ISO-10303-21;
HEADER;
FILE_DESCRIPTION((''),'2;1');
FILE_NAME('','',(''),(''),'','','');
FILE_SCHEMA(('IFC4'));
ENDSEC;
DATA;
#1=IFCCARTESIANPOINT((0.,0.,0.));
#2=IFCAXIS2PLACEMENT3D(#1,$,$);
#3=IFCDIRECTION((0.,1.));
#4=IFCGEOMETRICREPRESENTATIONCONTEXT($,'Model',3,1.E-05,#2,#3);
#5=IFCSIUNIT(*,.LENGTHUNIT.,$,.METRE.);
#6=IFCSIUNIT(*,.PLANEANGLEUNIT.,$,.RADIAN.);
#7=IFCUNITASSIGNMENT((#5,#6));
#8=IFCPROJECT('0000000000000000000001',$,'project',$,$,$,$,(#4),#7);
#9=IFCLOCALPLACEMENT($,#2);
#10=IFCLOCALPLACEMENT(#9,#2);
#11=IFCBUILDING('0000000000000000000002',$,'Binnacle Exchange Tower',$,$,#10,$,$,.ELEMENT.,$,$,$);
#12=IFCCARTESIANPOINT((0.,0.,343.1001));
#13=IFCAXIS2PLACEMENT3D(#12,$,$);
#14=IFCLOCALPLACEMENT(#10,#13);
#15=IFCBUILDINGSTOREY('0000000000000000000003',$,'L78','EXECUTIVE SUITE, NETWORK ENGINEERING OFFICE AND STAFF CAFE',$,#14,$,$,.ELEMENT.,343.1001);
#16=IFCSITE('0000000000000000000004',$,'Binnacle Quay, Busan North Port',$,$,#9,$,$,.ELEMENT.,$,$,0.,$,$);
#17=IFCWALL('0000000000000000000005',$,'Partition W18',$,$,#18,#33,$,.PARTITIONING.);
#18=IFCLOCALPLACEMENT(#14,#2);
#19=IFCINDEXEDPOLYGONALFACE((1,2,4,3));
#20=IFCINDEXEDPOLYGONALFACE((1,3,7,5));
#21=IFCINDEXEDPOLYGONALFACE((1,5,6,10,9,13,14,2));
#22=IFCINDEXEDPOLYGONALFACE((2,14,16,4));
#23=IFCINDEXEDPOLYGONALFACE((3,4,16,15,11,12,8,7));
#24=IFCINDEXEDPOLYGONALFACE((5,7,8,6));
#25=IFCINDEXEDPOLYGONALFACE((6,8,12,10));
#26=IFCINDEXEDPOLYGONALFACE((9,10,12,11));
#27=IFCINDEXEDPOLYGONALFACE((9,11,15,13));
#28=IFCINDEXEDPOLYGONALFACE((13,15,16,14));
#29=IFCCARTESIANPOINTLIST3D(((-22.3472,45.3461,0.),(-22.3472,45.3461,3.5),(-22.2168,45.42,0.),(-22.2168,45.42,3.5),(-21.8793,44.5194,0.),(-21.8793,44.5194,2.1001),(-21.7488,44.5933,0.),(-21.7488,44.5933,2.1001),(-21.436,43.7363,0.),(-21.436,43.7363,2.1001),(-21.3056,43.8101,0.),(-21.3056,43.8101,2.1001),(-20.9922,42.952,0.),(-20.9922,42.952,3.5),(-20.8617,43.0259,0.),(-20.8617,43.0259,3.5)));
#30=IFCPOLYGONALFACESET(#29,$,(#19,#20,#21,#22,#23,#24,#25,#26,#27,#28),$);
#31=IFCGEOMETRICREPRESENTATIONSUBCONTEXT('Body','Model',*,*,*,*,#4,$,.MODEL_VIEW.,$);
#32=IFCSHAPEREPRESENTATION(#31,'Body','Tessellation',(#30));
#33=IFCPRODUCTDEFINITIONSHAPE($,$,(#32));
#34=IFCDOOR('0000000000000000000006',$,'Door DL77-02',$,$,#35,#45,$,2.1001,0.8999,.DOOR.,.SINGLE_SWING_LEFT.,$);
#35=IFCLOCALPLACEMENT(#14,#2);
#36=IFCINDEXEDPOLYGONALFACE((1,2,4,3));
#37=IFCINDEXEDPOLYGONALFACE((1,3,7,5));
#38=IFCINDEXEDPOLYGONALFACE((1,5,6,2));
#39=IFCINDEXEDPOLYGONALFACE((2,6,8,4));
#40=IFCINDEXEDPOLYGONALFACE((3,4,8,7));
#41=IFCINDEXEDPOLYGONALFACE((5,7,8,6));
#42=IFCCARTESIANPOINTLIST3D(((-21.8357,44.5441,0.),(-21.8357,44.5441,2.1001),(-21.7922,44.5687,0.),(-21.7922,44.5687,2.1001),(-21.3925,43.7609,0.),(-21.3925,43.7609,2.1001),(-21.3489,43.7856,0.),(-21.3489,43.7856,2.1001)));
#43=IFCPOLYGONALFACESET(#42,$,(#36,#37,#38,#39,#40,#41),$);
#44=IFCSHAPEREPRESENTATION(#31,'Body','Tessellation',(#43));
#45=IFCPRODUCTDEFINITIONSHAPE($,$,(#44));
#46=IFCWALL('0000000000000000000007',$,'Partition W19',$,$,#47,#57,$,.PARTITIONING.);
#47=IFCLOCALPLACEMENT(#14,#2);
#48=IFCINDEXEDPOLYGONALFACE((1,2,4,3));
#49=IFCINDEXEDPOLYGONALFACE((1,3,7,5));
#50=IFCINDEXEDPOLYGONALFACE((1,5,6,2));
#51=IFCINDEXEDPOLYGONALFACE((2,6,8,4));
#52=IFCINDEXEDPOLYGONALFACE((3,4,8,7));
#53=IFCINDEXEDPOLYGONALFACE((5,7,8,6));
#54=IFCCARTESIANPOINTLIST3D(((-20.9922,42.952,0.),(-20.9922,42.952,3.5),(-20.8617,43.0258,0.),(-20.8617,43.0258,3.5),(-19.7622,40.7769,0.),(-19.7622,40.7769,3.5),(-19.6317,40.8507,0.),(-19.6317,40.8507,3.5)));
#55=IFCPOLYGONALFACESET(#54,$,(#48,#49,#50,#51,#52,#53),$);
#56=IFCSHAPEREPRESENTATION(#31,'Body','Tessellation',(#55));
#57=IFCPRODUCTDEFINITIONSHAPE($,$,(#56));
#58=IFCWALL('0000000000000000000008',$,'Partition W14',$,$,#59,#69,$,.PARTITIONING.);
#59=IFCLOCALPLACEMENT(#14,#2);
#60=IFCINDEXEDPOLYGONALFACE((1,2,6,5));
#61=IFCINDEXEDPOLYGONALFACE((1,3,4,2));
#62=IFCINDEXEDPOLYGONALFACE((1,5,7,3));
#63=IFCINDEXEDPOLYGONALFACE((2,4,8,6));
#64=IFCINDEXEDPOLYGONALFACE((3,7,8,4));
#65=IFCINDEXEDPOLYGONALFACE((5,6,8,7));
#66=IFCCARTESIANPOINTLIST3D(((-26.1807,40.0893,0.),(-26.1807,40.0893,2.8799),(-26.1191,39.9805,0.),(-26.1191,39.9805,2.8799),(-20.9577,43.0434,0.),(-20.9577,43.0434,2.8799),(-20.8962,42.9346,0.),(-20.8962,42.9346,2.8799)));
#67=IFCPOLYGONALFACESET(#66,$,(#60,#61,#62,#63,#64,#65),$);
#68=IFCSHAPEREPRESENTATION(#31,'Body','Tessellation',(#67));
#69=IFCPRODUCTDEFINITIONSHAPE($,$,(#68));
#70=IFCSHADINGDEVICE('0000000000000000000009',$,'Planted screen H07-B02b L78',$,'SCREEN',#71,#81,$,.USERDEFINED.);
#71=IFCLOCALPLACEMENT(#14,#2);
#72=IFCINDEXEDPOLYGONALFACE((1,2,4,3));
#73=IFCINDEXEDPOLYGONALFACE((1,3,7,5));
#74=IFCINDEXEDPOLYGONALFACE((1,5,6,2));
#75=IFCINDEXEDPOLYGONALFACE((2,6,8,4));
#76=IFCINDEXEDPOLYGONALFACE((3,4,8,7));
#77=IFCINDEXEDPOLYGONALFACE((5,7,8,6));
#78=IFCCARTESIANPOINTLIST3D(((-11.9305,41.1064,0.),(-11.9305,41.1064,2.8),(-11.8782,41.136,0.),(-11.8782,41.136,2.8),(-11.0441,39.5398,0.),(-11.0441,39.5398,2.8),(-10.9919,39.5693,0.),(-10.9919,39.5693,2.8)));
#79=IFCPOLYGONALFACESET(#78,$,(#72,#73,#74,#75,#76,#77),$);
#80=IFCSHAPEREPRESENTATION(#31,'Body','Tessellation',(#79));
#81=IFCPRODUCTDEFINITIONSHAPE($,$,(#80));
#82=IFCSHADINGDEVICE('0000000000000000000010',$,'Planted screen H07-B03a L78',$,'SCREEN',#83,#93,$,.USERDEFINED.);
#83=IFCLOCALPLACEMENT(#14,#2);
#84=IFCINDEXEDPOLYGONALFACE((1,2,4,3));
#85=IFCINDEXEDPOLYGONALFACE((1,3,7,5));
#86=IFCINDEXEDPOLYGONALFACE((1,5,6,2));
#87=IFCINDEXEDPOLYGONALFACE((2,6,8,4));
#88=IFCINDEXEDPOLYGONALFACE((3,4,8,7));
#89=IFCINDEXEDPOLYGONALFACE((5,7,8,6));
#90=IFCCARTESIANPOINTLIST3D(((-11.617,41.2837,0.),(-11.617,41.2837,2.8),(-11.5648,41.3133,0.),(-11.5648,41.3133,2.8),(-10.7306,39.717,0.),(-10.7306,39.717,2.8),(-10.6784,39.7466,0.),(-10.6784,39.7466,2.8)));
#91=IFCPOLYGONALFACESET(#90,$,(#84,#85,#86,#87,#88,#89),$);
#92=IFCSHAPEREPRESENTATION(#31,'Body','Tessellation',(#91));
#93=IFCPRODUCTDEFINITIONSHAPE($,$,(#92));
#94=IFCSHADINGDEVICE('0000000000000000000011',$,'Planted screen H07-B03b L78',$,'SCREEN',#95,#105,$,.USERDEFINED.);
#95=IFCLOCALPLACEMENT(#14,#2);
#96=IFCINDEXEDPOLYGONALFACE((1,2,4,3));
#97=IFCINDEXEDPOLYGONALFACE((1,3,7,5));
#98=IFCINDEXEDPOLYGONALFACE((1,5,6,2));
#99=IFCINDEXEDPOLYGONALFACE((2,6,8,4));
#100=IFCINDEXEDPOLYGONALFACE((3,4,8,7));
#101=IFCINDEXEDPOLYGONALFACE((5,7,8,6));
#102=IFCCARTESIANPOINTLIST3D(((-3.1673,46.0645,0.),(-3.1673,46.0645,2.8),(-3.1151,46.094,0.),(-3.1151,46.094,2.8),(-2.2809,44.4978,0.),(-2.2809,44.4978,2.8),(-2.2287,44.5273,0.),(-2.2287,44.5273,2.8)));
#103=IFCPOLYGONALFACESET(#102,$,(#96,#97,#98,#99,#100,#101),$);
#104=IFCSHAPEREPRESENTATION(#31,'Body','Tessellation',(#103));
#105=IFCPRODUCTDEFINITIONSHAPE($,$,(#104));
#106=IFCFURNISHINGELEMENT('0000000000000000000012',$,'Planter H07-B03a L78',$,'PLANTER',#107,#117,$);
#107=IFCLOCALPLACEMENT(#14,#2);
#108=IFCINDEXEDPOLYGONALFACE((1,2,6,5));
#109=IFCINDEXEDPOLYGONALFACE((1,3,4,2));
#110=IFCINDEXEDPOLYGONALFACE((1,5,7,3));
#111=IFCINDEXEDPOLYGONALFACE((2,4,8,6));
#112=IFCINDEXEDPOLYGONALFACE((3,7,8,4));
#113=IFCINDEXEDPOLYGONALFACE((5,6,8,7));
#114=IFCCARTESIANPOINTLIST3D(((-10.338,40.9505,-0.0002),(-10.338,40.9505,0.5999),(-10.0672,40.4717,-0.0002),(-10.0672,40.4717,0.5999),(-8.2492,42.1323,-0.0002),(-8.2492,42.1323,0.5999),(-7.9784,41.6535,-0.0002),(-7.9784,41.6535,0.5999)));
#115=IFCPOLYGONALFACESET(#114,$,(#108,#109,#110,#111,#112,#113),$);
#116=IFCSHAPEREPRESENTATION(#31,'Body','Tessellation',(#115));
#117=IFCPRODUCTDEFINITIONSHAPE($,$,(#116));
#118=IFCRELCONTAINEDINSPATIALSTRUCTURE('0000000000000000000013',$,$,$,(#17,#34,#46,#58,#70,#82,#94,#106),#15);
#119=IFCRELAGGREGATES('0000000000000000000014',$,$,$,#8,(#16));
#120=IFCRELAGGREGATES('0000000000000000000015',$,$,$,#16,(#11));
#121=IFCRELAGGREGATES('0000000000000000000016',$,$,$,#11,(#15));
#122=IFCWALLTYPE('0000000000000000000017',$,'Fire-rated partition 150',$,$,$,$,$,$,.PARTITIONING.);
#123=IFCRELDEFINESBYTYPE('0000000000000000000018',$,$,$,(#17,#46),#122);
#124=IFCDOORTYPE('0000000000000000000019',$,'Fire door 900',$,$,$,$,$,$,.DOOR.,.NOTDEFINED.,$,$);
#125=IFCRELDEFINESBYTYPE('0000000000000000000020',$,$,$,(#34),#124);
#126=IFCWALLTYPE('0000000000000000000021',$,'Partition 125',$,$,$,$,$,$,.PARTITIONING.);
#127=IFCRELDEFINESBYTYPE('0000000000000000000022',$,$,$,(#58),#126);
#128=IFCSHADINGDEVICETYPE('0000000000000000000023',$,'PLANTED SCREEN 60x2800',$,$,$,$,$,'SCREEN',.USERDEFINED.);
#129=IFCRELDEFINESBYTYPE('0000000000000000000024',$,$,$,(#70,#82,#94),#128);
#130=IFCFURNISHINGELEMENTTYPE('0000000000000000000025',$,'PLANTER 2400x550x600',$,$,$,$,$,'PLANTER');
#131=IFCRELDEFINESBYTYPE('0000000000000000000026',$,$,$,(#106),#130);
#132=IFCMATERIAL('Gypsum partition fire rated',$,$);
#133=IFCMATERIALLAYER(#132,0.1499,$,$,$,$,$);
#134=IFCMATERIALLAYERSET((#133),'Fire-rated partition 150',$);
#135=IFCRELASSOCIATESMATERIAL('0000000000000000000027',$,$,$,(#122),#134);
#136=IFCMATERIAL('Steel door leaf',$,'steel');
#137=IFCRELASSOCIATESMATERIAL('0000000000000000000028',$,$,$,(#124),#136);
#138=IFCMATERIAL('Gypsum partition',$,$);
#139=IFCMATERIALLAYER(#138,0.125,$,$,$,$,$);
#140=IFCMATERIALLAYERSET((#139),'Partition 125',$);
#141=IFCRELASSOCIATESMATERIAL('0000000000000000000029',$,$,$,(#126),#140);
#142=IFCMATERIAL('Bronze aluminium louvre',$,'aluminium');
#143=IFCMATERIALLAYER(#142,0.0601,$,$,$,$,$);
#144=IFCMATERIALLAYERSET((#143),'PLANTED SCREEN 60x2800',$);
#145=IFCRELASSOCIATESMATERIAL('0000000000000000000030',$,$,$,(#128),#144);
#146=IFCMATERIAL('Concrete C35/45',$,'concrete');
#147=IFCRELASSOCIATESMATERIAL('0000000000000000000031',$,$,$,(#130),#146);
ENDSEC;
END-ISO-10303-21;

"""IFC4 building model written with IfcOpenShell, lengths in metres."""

from ifc_helpers import new_model, si_unit, direction, frame, frame_2d, origin, origin_2d, place, context, subcontext, project, spatial, rectangle, extrude, material, layer, layer_set, type_object, element, fill, save


model = new_model("IFC4")

# Units and contexts
model_context = context("Model", 3, precision=1e-05, world=origin(), true_north=direction((0.0, 1.0)))
body_context = subcontext(model_context, "Body", "Model", "MODEL_VIEW")
ifc_project = project(units=[si_unit("LENGTHUNIT", "METRE"), si_unit("PLANEANGLEUNIT", "RADIAN")], contexts=[model_context])

# Site, building, storey
site_placement = place(None, origin())
site = spatial("IfcSite", under=ifc_project, at=site_placement, Name="Binnacle Quay, Busan North Port", CompositionType="ELEMENT", RefElevation=0.0)
building_placement = place(site_placement, origin())
building = spatial("IfcBuilding", under=site, at=building_placement, Name="Binnacle Exchange Tower", CompositionType="ELEMENT")
storey_placement = place(building_placement, frame((0.0, 0.0, 343.1001)))
storey = spatial("IfcBuildingStorey", under=building, at=storey_placement, Name="L78", Description="EXECUTIVE SUITE, NETWORK ENGINEERING OFFICE AND STAFF CAFE", CompositionType="ELEMENT", Elevation=343.1001)

# Wall, opening, door
ifc_material_1 = material(Name="Steel door leaf", Category="steel")
ifc_material_2 = material(Name="Gypsum partition fire rated")
ifc_layer_1 = layer(ifc_material_2, 0.1499)
ifc_layer_set_1 = layer_set([ifc_layer_1], Name="Fire-rated partition 150")
wall_type_1 = type_object("IfcWallType", Name="Fire-rated partition 150", PredefinedType="PARTITIONING", material=ifc_layer_set_1)
door_type_1 = type_object("IfcDoorType", Name="Fire door 900", OperationType="NOTDEFINED", PredefinedType="DOOR", material=ifc_material_1)
wall_1_placement = place(storey_placement, frame((-22.282, 45.3831, 0.0), z_axis=(0.0, 0.0, 1.0), x_axis=(0.49256, -0.870278, 0.0)))
wall_1 = element("IfcWall", 1, at=wall_1_placement, inside=storey, type_object=wall_type_1, Name="Partition W18", PredefinedType="PARTITIONING", context=body_context, shape_type="SweptSolid", body=[
    extrude(rectangle(XDim=2.751, YDim=0.1499, at=frame_2d((1.3755, 0.0))), origin(), (0.0, 0.0, 1.0), 3.5),
])
opening_1_placement = place(wall_1_placement, frame((0.95, 0.0, 0.0)))
opening_1 = element("IfcOpeningElement", 2, at=opening_1_placement, cuts=wall_1, PredefinedType="OPENING", context=body_context, shape_type="SweptSolid", body=[
    extrude(rectangle(XDim=0.8999, YDim=2.1001, at=frame_2d((0.45, 1.05))), frame((0.0, 0.085, 0.0), z_axis=(0.0, -1.0, 0.0), x_axis=(1.0, 0.0, 0.0)), (0.0, 0.0, 1.0), 0.1699),
])
door_1_placement = place(opening_1_placement, frame((0.8999, 0.0, 0.0), z_axis=(0.0, 0.0, 1.0), x_axis=(-1.0, 0.0, 0.0)))
door_1 = element("IfcDoor", 3, at=door_1_placement, inside=storey, type_object=door_type_1, Name="Door DL77-02", OperationType="SINGLE_SWING_LEFT", OverallHeight=2.1001, OverallWidth=0.8999, PredefinedType="DOOR", context=body_context, shape_type="SweptSolid", body=[
    extrude(rectangle(XDim=0.8999, YDim=2.1001, at=frame_2d((0.45, 1.05))), frame((0.0, 0.0249, 0.0), z_axis=(0.0, -1.0, 0.0), x_axis=(1.0, 0.0, 0.0)), (0.0, 0.0, 1.0), 0.05),
])
fill(opening_1, door_1)

# Walls
wall_2_placement = place(storey_placement, frame((-20.927, 42.989, 0.0), z_axis=(0.0, 0.0, 1.0), x_axis=(0.492241, -0.870459, 0.0)))
element("IfcWall", 4, at=wall_2_placement, inside=storey, type_object=wall_type_1, Name="Partition W19", PredefinedType="PARTITIONING", context=body_context, shape_type="SweptSolid", body=[
    extrude(rectangle(XDim=2.4988, YDim=0.1499, at=frame_2d((1.2495, 0.0))), origin(), (0.0, 0.0, 1.0), 3.5),
])
ifc_material_3 = material(Name="Gypsum partition")
ifc_layer_2 = layer(ifc_material_3, 0.125)
ifc_layer_set_2 = layer_set([ifc_layer_2], Name="Partition 125")
wall_type_2 = type_object("IfcWallType", Name="Partition 125", PredefinedType="PARTITIONING", material=ifc_layer_set_2)
wall_3_placement = place(storey_placement, frame((-26.1499, 40.0349, 0.0), z_axis=(0.0, 0.0, 1.0), x_axis=(0.870418, 0.492313, 0.0)))
element("IfcWall", 5, at=wall_3_placement, inside=storey, type_object=wall_type_2, Name="Partition W14", PredefinedType="PARTITIONING", context=body_context, shape_type="SweptSolid", body=[
    extrude(rectangle(XDim=6.0005, YDim=0.125, at=frame_2d((3.0002, 0.0))), origin(), (0.0, 0.0, 1.0), 2.8799),
])

# Shading devices
ifc_material_4 = material(Name="Bronze aluminium louvre", Category="aluminium")
ifc_layer_3 = layer(ifc_material_4, 0.0601)
ifc_layer_set_3 = layer_set([ifc_layer_3], Name="PLANTED SCREEN 60x2800")
shading_device_type = type_object("IfcShadingDeviceType", Name="PLANTED SCREEN 60x2800", ElementType="SCREEN", PredefinedType="USERDEFINED", material=ifc_layer_set_3)
for number, where, z_axis, x_axis, name in (
    (6, (-11.4612, 40.3379, 0.0), (0.0, 0.0, 1.0), (0.870356, 0.492424, 0.0), "Planted screen H07-B02b L78"),
    (7, (-11.1477, 40.5151, 0.0), (0.0, 0.0, 1.0), (0.870356, 0.492424, 0.0), "Planted screen H07-B03a L78"),
    (8, (-2.698, 45.2959, 0.0), (0.0, 0.0, 1.0), (0.870356, 0.492424, 0.0), "Planted screen H07-B03b L78"),
):
    element("IfcShadingDevice", number, at=place(storey_placement, frame(where, z_axis=z_axis, x_axis=x_axis)), inside=storey, type_object=shading_device_type, Name=name, ObjectType="SCREEN", PredefinedType="USERDEFINED", context=body_context, shape_type="SweptSolid", body=[
        extrude(rectangle(XDim=0.0601, YDim=1.8, at=origin_2d()), origin(), (0.0, 0.0, 1.0), 2.8),
    ])

# Furnishing element
ifc_material_5 = material(Name="Concrete C35/45", Category="concrete")
furnishing_element_type = type_object("IfcFurnishingElementType", Name="PLANTER 2400x550x600", ElementType="PLANTER", material=ifc_material_5)
furnishing_placement = place(storey_placement, frame((-9.1582, 41.302, -0.0002), z_axis=(0.0, 0.0, 1.0), x_axis=(0.870356, 0.492424, 0.0)))
element("IfcFurnishingElement", 9, at=furnishing_placement, inside=storey, type_object=furnishing_element_type, Name="Planter H07-B03a L78", ObjectType="PLANTER", context=body_context, shape_type="SweptSolid", body=[
    extrude(rectangle(XDim=2.3999, YDim=0.55, at=origin_2d()), origin(), (0.0, 0.0, 1.0), 0.6001),
])

save(model, "model.ifc")
